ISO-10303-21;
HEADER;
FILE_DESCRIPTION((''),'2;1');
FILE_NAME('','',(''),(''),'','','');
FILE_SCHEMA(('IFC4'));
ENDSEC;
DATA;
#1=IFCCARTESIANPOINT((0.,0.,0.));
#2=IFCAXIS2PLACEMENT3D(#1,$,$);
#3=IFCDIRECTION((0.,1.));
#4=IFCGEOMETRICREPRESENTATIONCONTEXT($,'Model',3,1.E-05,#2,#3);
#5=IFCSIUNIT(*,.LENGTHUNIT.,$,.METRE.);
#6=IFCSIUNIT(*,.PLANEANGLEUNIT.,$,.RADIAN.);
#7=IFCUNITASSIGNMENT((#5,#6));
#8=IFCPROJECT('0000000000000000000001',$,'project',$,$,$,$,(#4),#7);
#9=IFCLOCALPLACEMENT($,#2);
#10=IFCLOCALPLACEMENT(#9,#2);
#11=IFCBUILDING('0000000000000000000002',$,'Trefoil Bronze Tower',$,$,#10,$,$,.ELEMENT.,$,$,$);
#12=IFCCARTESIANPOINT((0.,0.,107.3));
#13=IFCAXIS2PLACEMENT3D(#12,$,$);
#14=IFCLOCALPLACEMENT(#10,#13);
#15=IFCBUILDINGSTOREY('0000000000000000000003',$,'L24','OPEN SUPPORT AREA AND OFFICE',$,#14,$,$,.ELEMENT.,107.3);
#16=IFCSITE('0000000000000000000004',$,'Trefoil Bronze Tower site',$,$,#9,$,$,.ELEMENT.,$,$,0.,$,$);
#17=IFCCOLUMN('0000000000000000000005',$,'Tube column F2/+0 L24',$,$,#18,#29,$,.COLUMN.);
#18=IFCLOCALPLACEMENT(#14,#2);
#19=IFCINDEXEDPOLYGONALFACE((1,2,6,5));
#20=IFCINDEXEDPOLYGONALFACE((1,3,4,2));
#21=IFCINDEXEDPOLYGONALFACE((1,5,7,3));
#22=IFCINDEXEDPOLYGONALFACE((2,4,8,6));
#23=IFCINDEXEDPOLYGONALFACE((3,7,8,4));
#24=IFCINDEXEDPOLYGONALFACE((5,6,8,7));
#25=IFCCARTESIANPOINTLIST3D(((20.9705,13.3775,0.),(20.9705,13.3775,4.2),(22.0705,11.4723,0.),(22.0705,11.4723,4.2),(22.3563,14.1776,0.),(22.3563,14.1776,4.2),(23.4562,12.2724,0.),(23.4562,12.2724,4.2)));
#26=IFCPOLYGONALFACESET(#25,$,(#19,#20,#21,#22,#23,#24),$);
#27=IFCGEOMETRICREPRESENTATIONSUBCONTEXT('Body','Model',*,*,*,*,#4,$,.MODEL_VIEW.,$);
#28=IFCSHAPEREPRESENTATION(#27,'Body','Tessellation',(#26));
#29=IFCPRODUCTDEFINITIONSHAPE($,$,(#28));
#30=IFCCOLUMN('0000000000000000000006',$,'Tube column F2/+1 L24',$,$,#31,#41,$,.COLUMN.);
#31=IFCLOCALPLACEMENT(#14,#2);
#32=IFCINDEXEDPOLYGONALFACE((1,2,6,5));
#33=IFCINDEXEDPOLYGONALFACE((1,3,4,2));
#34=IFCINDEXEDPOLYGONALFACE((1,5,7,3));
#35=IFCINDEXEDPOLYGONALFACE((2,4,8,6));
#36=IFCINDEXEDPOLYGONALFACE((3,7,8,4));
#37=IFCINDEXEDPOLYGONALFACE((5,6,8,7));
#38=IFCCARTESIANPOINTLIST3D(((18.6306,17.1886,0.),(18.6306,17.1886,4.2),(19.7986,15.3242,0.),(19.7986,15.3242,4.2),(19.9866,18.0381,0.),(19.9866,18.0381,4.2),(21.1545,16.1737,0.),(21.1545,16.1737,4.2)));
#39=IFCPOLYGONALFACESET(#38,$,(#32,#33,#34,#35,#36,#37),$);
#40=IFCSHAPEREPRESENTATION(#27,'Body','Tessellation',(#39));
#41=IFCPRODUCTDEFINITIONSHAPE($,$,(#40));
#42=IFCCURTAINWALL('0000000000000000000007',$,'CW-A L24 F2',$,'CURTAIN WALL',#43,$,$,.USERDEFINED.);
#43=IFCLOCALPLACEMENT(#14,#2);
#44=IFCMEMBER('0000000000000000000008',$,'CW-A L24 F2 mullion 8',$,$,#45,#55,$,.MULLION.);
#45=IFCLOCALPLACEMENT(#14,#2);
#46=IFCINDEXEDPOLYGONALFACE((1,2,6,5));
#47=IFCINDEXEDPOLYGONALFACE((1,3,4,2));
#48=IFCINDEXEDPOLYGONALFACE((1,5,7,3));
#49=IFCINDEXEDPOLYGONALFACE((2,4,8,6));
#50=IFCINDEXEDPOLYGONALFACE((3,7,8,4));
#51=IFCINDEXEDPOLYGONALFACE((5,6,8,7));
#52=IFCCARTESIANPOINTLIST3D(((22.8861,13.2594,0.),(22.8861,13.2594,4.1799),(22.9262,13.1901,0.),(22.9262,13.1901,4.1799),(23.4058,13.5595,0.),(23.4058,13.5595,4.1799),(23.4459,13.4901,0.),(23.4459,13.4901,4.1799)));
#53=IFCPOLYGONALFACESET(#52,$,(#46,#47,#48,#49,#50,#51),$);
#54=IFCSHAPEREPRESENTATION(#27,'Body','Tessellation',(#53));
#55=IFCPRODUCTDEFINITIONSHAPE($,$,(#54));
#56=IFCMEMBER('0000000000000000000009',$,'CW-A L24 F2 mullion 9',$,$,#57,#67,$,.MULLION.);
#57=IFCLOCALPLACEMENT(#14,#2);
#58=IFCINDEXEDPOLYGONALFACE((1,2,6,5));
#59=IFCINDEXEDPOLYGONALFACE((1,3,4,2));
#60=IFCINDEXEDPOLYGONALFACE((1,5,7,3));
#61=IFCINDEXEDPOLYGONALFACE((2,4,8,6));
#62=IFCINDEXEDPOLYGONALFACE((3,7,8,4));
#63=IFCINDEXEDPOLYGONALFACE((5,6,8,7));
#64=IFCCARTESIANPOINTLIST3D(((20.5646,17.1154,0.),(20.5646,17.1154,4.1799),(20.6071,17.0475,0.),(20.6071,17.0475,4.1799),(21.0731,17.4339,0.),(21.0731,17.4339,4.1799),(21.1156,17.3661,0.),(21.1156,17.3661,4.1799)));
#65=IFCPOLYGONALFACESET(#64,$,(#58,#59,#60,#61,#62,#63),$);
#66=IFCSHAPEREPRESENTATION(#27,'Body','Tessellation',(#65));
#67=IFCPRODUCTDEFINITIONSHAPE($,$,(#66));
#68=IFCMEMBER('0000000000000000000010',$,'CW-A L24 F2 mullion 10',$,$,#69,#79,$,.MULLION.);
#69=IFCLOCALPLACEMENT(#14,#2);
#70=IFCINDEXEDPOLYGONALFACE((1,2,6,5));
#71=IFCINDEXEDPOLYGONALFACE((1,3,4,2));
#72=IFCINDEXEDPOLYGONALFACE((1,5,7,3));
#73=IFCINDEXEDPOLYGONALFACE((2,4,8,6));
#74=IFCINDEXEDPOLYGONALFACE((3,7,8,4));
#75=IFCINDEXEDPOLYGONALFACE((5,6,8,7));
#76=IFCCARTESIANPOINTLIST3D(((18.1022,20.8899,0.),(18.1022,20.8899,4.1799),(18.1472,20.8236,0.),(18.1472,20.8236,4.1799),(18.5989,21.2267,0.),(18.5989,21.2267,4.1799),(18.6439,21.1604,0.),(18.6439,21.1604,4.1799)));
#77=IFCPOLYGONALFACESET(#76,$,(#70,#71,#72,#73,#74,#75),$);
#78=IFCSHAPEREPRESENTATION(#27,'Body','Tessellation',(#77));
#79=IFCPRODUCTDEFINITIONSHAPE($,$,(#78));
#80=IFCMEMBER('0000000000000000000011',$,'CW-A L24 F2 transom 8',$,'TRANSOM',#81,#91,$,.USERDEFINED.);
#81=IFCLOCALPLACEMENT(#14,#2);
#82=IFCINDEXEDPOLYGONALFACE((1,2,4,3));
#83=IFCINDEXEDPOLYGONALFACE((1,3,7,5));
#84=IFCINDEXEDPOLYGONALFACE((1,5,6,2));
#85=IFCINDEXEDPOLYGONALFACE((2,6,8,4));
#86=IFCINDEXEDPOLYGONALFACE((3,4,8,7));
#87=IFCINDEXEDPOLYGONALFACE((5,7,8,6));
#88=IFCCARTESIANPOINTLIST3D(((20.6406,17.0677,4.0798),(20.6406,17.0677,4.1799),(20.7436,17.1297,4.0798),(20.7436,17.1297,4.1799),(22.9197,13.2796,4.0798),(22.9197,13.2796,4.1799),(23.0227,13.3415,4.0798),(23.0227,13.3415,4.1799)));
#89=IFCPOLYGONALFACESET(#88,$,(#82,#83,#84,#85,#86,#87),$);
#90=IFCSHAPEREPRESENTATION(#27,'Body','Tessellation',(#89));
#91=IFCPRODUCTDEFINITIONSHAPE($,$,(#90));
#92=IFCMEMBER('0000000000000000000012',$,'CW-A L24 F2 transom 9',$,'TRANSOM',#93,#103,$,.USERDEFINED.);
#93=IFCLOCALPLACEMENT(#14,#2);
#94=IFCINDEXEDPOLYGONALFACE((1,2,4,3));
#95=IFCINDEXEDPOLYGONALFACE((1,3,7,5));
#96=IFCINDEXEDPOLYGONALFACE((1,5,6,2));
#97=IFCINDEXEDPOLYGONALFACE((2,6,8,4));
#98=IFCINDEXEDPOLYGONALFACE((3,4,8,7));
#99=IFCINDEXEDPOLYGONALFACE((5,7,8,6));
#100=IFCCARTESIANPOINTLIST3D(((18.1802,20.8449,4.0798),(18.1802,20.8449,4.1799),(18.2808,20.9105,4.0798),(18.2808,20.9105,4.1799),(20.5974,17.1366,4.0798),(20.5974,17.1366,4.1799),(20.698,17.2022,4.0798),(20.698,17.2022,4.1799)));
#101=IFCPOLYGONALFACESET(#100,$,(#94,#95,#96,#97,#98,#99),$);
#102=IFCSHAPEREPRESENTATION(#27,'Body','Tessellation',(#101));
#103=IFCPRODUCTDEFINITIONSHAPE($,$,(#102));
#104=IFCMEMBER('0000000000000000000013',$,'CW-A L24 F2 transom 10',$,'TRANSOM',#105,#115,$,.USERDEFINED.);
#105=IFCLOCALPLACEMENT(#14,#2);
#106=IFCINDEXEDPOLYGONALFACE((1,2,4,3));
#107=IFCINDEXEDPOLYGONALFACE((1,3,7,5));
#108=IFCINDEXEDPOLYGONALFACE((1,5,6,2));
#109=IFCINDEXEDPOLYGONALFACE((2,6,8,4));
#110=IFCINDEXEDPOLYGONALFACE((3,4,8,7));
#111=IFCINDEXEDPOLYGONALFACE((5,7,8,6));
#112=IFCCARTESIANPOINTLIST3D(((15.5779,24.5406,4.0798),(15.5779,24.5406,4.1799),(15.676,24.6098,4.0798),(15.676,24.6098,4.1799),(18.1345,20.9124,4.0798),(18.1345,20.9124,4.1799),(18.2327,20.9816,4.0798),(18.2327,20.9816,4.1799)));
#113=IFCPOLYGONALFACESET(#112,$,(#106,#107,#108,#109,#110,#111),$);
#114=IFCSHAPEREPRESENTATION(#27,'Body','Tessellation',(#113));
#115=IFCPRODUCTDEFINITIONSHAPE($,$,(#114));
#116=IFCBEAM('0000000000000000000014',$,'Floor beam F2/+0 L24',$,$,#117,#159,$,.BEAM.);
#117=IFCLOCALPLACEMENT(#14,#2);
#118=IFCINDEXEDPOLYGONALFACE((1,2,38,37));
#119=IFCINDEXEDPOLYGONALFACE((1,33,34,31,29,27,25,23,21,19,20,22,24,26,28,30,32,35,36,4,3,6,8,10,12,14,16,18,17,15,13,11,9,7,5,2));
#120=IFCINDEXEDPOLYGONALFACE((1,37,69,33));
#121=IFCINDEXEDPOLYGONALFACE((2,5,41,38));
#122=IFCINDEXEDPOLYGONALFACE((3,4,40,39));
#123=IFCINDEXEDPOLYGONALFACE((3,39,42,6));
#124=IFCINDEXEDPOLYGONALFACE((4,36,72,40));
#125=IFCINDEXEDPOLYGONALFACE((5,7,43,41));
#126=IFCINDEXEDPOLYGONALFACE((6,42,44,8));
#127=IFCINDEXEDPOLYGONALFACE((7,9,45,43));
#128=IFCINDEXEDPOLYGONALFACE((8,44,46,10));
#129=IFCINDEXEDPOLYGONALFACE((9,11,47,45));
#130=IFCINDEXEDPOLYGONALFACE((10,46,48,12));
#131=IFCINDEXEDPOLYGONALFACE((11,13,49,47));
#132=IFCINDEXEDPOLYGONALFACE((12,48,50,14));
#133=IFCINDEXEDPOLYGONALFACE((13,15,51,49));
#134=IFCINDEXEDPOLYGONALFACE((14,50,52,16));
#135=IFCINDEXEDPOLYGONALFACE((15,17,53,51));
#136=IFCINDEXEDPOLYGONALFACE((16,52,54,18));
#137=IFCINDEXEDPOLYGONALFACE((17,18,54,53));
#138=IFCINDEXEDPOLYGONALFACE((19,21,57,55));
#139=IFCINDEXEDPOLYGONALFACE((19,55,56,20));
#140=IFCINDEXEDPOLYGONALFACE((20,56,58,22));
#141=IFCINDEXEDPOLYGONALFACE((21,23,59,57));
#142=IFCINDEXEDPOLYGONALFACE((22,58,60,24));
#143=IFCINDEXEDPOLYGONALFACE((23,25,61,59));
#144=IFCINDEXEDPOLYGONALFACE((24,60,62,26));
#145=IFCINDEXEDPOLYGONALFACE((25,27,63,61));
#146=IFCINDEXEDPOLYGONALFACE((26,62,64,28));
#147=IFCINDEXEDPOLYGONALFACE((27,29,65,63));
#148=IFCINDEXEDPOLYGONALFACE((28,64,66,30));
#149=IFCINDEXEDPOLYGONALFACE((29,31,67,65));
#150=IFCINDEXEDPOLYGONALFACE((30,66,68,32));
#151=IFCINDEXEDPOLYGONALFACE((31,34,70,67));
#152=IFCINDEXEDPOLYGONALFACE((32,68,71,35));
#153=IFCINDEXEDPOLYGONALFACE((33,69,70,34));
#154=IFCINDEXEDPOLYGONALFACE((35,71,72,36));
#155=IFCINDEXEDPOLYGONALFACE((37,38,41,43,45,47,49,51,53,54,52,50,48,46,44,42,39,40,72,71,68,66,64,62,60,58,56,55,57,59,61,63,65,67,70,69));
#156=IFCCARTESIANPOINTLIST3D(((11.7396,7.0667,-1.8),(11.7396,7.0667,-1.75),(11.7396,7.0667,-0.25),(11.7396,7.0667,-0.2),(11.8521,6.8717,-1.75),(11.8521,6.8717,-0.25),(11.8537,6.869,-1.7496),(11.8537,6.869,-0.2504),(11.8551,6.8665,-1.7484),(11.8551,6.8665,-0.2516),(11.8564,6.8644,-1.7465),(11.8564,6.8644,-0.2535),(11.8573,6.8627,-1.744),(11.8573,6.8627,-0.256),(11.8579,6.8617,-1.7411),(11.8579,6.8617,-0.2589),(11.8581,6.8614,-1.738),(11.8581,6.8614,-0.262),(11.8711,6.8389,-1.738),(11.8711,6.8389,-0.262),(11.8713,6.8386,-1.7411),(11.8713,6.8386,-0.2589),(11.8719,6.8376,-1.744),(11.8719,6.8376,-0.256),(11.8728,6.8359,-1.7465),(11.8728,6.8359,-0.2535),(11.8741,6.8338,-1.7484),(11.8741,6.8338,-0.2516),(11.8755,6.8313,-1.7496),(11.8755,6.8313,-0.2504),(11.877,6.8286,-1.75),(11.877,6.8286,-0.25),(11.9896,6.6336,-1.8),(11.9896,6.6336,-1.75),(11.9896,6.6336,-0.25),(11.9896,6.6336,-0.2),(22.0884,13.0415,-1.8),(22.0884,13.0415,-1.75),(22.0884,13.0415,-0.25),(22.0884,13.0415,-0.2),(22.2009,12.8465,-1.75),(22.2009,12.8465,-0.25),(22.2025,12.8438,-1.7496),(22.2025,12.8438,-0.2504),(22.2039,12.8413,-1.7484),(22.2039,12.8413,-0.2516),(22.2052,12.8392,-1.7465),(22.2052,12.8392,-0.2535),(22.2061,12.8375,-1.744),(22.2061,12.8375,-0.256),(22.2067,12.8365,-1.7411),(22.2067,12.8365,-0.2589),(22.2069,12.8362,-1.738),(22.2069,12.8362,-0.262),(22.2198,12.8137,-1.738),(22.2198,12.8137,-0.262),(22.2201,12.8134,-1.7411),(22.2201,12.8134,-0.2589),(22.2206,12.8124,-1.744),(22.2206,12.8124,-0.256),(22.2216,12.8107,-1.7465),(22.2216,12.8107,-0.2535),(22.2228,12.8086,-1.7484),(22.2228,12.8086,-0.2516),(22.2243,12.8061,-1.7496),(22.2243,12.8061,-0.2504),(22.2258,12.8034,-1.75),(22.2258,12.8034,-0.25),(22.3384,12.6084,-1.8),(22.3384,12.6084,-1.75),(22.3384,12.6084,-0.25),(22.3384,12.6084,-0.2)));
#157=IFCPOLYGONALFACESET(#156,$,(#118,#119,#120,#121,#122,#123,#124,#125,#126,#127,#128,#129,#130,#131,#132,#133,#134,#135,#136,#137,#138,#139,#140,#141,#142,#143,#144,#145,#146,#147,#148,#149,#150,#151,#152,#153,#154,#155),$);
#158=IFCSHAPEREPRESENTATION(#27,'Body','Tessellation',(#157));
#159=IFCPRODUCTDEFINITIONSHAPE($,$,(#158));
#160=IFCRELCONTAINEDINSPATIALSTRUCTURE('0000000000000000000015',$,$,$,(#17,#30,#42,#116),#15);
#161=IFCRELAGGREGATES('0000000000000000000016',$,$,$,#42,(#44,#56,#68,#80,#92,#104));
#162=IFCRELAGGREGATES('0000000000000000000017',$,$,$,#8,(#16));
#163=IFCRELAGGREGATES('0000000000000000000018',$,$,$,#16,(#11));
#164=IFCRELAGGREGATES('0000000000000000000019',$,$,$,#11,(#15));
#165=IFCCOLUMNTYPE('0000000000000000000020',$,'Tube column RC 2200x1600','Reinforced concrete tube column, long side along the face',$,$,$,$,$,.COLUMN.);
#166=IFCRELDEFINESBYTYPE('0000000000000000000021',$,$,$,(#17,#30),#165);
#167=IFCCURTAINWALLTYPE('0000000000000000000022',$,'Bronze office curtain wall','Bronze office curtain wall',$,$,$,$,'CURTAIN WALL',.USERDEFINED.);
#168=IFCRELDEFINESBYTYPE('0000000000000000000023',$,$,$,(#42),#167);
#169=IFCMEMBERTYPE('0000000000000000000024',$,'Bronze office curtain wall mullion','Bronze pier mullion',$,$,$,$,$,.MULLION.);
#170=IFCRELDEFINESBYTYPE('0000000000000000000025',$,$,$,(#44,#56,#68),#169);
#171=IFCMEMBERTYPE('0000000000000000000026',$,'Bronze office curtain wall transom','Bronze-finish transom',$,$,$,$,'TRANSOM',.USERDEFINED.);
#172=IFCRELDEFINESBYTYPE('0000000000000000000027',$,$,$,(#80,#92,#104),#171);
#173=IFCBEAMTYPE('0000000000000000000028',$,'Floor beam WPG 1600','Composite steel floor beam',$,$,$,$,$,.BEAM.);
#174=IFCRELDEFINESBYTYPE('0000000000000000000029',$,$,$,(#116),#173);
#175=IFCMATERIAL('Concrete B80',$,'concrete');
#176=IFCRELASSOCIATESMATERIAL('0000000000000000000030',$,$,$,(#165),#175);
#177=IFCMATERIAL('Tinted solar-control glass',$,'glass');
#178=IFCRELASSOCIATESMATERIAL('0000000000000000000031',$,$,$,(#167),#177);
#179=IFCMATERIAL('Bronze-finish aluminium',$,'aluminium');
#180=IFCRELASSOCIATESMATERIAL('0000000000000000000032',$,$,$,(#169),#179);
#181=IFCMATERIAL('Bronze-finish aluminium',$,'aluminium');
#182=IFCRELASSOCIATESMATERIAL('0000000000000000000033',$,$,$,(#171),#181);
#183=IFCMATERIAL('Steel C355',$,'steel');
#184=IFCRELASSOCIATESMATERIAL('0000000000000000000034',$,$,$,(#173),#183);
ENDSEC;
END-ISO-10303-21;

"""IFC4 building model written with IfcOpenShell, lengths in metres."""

from ifc_helpers import new_model, si_unit, direction, frame, origin, origin_2d, place, context, subcontext, project, spatial, rectangle, i_section, extrude, material, material_profile, profile_set, type_object, element, aggregate, save


model = new_model("IFC4")

# Units and contexts
model_context = context("Model", 3, precision=1e-05, world=origin(), true_north=direction((0.0, 1.0)))
body_context = subcontext(model_context, "Body", "Model", "MODEL_VIEW")
ifc_project = project(units=[si_unit("LENGTHUNIT", "METRE"), si_unit("PLANEANGLEUNIT", "RADIAN")], contexts=[model_context])

# Site, building, storey
site_placement = place(None, origin())
site = spatial("IfcSite", under=ifc_project, at=site_placement, Name="Trefoil Bronze Tower site", CompositionType="ELEMENT", RefElevation=0.0)
building_placement = place(site_placement, origin())
building = spatial("IfcBuilding", under=site, at=building_placement, Name="Trefoil Bronze Tower", CompositionType="ELEMENT")
storey_placement = place(building_placement, frame((0.0, 0.0, 107.3)))
storey = spatial("IfcBuildingStorey", under=building, at=storey_placement, Name="L24", Description="OPEN SUPPORT AREA AND OFFICE", CompositionType="ELEMENT", Elevation=107.3)

# Columns
ifc_material_1 = material(Name="Concrete B80", Category="concrete")
ifc_material_profile_1 = material_profile(ifc_material_1, rectangle(XDim=2.2, YDim=1.6001, at=origin_2d()), Name="RC 2200x1600")
ifc_profile_set_1 = profile_set([ifc_material_profile_1], Name="Concrete B80")
column_type = type_object("IfcColumnType", Name="Tube column RC 2200x1600", Description="Reinforced concrete tube column, long side along the face", PredefinedType="COLUMN", material=ifc_profile_set_1)
for number, where, z_axis, x_axis, name in (
    (1, (22.2134, 12.825, 0.0), (0.0, 0.0, 1.0), (-0.5, 0.866025, 0.0), "Tube column F2/+0 L24"),
    (2, (19.8926, 16.6812, 0.0), (0.0, 0.0, 1.0), (-0.530893, 0.847439, 0.0), "Tube column F2/+1 L24"),
):
    element("IfcColumn", number, at=place(storey_placement, frame(where, z_axis=z_axis, x_axis=x_axis)), inside=storey, type_object=column_type, Name=name, PredefinedType="COLUMN", context=body_context, shape_type="SweptSolid", body=[
        extrude(rectangle(XDim=2.2, YDim=1.6001, at=origin_2d()), origin(), (0.0, 0.0, 1.0), 4.2),
    ])

# Curtain wall, members
ifc_material_2 = material(Name="Tinted solar-control glass", Category="glass")
curtain_wall_type = type_object("IfcCurtainWallType", Name="Bronze office curtain wall", Description="Bronze office curtain wall", ElementType="CURTAIN WALL", PredefinedType="USERDEFINED", material=ifc_material_2)
curtain_wall_placement = place(storey_placement, origin())
curtain_wall = element("IfcCurtainWall", 3, at=curtain_wall_placement, inside=storey, type_object=curtain_wall_type, Name="CW-A L24 F2", ObjectType="CURTAIN WALL", PredefinedType="USERDEFINED")
ifc_material_3 = material(Name="Bronze-finish aluminium", Category="aluminium")
ifc_material_profile_2 = material_profile(ifc_material_3, rectangle(XDim=0.6001, YDim=0.0801, at=origin_2d()), Name="CW-A mullion")
ifc_profile_set_2 = profile_set([ifc_material_profile_2], Name="Bronze-finish aluminium")
member_type_1 = type_object("IfcMemberType", Name="Bronze office curtain wall mullion", Description="Bronze pier mullion", PredefinedType="MULLION", material=ifc_profile_set_2)
member_1_placement = place(storey_placement, frame((23.166, 13.3748, 0.0), z_axis=(0.0, 0.0, 1.0), x_axis=(-0.866025, -0.5, 0.0)))
member_1 = element("IfcMember", 4, at=member_1_placement, type_object=member_type_1, Name="CW-A L24 F2 mullion 8", PredefinedType="MULLION", context=body_context, shape_type="SweptSolid", body=[
    extrude(rectangle(XDim=0.6001, YDim=0.0801, at=origin_2d()), origin(), (0.0, 0.0, 1.0), 4.1799),
])
member_2_placement = place(storey_placement, frame((20.8401, 17.2407, 0.0), z_axis=(0.0, 0.0, 1.0), x_axis=(-0.847439, -0.530893, 0.0)))
member_2 = element("IfcMember", 5, at=member_2_placement, type_object=member_type_1, Name="CW-A L24 F2 mullion 9", PredefinedType="MULLION", context=body_context, shape_type="SweptSolid", body=[
    extrude(rectangle(XDim=0.6001, YDim=0.0801, at=origin_2d()), origin(), (0.0, 0.0, 1.0), 4.1799),
])
member_3_placement = place(storey_placement, frame((18.373, 21.0251, 0.0), z_axis=(0.0, 0.0, 1.0), x_axis=(-0.827724, -0.561136, 0.0)))
member_3 = element("IfcMember", 6, at=member_3_placement, type_object=member_type_1, Name="CW-A L24 F2 mullion 10", PredefinedType="MULLION", context=body_context, shape_type="SweptSolid", body=[
    extrude(rectangle(XDim=0.6001, YDim=0.0801, at=origin_2d()), origin(), (0.0, 0.0, 1.0), 4.1799),
])
ifc_material_4 = material(Name="Bronze-finish aluminium", Category="aluminium")
ifc_material_profile_3 = material_profile(ifc_material_4, rectangle(XDim=0.1201, YDim=0.1001, at=origin_2d()), Name="CW-A transom")
ifc_profile_set_3 = profile_set([ifc_material_profile_3], Name="Bronze-finish aluminium")
member_type_2 = type_object("IfcMemberType", Name="Bronze office curtain wall transom", Description="Bronze-finish transom", ElementType="TRANSOM", PredefinedType="USERDEFINED", material=ifc_profile_set_3)
member_4_placement = place(storey_placement, frame((22.9712, 13.3105, 4.1299), z_axis=(-0.515527, 0.856873, 0.0), x_axis=(-0.856873, -0.515527, 0.0)))
member_4 = element("IfcMember", 7, at=member_4_placement, type_object=member_type_2, Name="CW-A L24 F2 transom 8", ObjectType="TRANSOM", PredefinedType="USERDEFINED", context=body_context, shape_type="SweptSolid", body=[
    extrude(rectangle(XDim=0.1201, YDim=0.1001, at=origin_2d()), origin(), (0.0, 0.0, 1.0), 4.4209),
])
member_5_placement = place(storey_placement, frame((20.6477, 17.1694, 4.1299), z_axis=(-0.546079, 0.837733, 0.0), x_axis=(-0.837733, -0.546079, 0.0)))
member_5 = element("IfcMember", 8, at=member_5_placement, type_object=member_type_2, Name="CW-A L24 F2 transom 9", ObjectType="TRANSOM", PredefinedType="USERDEFINED", context=body_context, shape_type="SweptSolid", body=[
    extrude(rectangle(XDim=0.1201, YDim=0.1001, at=origin_2d()), origin(), (0.0, 0.0, 1.0), 4.4265),
])
member_6_placement = place(storey_placement, frame((18.1836, 20.947, 4.1299), z_axis=(-0.576018, 0.817437, 0.0), x_axis=(-0.817437, -0.576018, 0.0)))
member_6 = element("IfcMember", 9, at=member_6_placement, type_object=member_type_2, Name="CW-A L24 F2 transom 10", ObjectType="TRANSOM", PredefinedType="USERDEFINED", context=body_context, shape_type="SweptSolid", body=[
    extrude(rectangle(XDim=0.1201, YDim=0.1001, at=origin_2d()), origin(), (0.0, 0.0, 1.0), 4.4385),
])

# Beam
ifc_material_5 = material(Name="Steel C355", Category="steel")
ifc_material_profile_4 = material_profile(ifc_material_5, i_section(OverallWidth=0.5, OverallDepth=1.6001, WebThickness=0.0259, FlangeThickness=0.05, FilletRadius=0.012, at=origin_2d()), Name="WPG 1600")
ifc_profile_set_4 = profile_set([ifc_material_profile_4], Name="Steel C355")
beam_type_1 = type_object("IfcBeamType", Name="Floor beam WPG 1600", Description="Composite steel floor beam", PredefinedType="BEAM", material=ifc_profile_set_4)
beam_1_placement = place(storey_placement, frame((22.2134, 12.825, -1.0), z_axis=(-0.866028, -0.499995, 0.0), x_axis=(0.499995, -0.866028, 0.0)))
element("IfcBeam", 10, at=beam_1_placement, inside=storey, type_object=beam_type_1, Name="Floor beam F2/+0 L24", PredefinedType="BEAM", context=body_context, shape_type="SweptSolid", body=[
    extrude(i_section(OverallWidth=0.5, OverallDepth=1.6001, WebThickness=0.0259, FlangeThickness=0.05, FilletRadius=0.012, at=origin_2d()), origin(), (0.0, 0.0, 1.0), 11.9497),
])

aggregate(curtain_wall, [member_1, member_2, member_3, member_4, member_5, member_6])

save(model, "model.ifc")
